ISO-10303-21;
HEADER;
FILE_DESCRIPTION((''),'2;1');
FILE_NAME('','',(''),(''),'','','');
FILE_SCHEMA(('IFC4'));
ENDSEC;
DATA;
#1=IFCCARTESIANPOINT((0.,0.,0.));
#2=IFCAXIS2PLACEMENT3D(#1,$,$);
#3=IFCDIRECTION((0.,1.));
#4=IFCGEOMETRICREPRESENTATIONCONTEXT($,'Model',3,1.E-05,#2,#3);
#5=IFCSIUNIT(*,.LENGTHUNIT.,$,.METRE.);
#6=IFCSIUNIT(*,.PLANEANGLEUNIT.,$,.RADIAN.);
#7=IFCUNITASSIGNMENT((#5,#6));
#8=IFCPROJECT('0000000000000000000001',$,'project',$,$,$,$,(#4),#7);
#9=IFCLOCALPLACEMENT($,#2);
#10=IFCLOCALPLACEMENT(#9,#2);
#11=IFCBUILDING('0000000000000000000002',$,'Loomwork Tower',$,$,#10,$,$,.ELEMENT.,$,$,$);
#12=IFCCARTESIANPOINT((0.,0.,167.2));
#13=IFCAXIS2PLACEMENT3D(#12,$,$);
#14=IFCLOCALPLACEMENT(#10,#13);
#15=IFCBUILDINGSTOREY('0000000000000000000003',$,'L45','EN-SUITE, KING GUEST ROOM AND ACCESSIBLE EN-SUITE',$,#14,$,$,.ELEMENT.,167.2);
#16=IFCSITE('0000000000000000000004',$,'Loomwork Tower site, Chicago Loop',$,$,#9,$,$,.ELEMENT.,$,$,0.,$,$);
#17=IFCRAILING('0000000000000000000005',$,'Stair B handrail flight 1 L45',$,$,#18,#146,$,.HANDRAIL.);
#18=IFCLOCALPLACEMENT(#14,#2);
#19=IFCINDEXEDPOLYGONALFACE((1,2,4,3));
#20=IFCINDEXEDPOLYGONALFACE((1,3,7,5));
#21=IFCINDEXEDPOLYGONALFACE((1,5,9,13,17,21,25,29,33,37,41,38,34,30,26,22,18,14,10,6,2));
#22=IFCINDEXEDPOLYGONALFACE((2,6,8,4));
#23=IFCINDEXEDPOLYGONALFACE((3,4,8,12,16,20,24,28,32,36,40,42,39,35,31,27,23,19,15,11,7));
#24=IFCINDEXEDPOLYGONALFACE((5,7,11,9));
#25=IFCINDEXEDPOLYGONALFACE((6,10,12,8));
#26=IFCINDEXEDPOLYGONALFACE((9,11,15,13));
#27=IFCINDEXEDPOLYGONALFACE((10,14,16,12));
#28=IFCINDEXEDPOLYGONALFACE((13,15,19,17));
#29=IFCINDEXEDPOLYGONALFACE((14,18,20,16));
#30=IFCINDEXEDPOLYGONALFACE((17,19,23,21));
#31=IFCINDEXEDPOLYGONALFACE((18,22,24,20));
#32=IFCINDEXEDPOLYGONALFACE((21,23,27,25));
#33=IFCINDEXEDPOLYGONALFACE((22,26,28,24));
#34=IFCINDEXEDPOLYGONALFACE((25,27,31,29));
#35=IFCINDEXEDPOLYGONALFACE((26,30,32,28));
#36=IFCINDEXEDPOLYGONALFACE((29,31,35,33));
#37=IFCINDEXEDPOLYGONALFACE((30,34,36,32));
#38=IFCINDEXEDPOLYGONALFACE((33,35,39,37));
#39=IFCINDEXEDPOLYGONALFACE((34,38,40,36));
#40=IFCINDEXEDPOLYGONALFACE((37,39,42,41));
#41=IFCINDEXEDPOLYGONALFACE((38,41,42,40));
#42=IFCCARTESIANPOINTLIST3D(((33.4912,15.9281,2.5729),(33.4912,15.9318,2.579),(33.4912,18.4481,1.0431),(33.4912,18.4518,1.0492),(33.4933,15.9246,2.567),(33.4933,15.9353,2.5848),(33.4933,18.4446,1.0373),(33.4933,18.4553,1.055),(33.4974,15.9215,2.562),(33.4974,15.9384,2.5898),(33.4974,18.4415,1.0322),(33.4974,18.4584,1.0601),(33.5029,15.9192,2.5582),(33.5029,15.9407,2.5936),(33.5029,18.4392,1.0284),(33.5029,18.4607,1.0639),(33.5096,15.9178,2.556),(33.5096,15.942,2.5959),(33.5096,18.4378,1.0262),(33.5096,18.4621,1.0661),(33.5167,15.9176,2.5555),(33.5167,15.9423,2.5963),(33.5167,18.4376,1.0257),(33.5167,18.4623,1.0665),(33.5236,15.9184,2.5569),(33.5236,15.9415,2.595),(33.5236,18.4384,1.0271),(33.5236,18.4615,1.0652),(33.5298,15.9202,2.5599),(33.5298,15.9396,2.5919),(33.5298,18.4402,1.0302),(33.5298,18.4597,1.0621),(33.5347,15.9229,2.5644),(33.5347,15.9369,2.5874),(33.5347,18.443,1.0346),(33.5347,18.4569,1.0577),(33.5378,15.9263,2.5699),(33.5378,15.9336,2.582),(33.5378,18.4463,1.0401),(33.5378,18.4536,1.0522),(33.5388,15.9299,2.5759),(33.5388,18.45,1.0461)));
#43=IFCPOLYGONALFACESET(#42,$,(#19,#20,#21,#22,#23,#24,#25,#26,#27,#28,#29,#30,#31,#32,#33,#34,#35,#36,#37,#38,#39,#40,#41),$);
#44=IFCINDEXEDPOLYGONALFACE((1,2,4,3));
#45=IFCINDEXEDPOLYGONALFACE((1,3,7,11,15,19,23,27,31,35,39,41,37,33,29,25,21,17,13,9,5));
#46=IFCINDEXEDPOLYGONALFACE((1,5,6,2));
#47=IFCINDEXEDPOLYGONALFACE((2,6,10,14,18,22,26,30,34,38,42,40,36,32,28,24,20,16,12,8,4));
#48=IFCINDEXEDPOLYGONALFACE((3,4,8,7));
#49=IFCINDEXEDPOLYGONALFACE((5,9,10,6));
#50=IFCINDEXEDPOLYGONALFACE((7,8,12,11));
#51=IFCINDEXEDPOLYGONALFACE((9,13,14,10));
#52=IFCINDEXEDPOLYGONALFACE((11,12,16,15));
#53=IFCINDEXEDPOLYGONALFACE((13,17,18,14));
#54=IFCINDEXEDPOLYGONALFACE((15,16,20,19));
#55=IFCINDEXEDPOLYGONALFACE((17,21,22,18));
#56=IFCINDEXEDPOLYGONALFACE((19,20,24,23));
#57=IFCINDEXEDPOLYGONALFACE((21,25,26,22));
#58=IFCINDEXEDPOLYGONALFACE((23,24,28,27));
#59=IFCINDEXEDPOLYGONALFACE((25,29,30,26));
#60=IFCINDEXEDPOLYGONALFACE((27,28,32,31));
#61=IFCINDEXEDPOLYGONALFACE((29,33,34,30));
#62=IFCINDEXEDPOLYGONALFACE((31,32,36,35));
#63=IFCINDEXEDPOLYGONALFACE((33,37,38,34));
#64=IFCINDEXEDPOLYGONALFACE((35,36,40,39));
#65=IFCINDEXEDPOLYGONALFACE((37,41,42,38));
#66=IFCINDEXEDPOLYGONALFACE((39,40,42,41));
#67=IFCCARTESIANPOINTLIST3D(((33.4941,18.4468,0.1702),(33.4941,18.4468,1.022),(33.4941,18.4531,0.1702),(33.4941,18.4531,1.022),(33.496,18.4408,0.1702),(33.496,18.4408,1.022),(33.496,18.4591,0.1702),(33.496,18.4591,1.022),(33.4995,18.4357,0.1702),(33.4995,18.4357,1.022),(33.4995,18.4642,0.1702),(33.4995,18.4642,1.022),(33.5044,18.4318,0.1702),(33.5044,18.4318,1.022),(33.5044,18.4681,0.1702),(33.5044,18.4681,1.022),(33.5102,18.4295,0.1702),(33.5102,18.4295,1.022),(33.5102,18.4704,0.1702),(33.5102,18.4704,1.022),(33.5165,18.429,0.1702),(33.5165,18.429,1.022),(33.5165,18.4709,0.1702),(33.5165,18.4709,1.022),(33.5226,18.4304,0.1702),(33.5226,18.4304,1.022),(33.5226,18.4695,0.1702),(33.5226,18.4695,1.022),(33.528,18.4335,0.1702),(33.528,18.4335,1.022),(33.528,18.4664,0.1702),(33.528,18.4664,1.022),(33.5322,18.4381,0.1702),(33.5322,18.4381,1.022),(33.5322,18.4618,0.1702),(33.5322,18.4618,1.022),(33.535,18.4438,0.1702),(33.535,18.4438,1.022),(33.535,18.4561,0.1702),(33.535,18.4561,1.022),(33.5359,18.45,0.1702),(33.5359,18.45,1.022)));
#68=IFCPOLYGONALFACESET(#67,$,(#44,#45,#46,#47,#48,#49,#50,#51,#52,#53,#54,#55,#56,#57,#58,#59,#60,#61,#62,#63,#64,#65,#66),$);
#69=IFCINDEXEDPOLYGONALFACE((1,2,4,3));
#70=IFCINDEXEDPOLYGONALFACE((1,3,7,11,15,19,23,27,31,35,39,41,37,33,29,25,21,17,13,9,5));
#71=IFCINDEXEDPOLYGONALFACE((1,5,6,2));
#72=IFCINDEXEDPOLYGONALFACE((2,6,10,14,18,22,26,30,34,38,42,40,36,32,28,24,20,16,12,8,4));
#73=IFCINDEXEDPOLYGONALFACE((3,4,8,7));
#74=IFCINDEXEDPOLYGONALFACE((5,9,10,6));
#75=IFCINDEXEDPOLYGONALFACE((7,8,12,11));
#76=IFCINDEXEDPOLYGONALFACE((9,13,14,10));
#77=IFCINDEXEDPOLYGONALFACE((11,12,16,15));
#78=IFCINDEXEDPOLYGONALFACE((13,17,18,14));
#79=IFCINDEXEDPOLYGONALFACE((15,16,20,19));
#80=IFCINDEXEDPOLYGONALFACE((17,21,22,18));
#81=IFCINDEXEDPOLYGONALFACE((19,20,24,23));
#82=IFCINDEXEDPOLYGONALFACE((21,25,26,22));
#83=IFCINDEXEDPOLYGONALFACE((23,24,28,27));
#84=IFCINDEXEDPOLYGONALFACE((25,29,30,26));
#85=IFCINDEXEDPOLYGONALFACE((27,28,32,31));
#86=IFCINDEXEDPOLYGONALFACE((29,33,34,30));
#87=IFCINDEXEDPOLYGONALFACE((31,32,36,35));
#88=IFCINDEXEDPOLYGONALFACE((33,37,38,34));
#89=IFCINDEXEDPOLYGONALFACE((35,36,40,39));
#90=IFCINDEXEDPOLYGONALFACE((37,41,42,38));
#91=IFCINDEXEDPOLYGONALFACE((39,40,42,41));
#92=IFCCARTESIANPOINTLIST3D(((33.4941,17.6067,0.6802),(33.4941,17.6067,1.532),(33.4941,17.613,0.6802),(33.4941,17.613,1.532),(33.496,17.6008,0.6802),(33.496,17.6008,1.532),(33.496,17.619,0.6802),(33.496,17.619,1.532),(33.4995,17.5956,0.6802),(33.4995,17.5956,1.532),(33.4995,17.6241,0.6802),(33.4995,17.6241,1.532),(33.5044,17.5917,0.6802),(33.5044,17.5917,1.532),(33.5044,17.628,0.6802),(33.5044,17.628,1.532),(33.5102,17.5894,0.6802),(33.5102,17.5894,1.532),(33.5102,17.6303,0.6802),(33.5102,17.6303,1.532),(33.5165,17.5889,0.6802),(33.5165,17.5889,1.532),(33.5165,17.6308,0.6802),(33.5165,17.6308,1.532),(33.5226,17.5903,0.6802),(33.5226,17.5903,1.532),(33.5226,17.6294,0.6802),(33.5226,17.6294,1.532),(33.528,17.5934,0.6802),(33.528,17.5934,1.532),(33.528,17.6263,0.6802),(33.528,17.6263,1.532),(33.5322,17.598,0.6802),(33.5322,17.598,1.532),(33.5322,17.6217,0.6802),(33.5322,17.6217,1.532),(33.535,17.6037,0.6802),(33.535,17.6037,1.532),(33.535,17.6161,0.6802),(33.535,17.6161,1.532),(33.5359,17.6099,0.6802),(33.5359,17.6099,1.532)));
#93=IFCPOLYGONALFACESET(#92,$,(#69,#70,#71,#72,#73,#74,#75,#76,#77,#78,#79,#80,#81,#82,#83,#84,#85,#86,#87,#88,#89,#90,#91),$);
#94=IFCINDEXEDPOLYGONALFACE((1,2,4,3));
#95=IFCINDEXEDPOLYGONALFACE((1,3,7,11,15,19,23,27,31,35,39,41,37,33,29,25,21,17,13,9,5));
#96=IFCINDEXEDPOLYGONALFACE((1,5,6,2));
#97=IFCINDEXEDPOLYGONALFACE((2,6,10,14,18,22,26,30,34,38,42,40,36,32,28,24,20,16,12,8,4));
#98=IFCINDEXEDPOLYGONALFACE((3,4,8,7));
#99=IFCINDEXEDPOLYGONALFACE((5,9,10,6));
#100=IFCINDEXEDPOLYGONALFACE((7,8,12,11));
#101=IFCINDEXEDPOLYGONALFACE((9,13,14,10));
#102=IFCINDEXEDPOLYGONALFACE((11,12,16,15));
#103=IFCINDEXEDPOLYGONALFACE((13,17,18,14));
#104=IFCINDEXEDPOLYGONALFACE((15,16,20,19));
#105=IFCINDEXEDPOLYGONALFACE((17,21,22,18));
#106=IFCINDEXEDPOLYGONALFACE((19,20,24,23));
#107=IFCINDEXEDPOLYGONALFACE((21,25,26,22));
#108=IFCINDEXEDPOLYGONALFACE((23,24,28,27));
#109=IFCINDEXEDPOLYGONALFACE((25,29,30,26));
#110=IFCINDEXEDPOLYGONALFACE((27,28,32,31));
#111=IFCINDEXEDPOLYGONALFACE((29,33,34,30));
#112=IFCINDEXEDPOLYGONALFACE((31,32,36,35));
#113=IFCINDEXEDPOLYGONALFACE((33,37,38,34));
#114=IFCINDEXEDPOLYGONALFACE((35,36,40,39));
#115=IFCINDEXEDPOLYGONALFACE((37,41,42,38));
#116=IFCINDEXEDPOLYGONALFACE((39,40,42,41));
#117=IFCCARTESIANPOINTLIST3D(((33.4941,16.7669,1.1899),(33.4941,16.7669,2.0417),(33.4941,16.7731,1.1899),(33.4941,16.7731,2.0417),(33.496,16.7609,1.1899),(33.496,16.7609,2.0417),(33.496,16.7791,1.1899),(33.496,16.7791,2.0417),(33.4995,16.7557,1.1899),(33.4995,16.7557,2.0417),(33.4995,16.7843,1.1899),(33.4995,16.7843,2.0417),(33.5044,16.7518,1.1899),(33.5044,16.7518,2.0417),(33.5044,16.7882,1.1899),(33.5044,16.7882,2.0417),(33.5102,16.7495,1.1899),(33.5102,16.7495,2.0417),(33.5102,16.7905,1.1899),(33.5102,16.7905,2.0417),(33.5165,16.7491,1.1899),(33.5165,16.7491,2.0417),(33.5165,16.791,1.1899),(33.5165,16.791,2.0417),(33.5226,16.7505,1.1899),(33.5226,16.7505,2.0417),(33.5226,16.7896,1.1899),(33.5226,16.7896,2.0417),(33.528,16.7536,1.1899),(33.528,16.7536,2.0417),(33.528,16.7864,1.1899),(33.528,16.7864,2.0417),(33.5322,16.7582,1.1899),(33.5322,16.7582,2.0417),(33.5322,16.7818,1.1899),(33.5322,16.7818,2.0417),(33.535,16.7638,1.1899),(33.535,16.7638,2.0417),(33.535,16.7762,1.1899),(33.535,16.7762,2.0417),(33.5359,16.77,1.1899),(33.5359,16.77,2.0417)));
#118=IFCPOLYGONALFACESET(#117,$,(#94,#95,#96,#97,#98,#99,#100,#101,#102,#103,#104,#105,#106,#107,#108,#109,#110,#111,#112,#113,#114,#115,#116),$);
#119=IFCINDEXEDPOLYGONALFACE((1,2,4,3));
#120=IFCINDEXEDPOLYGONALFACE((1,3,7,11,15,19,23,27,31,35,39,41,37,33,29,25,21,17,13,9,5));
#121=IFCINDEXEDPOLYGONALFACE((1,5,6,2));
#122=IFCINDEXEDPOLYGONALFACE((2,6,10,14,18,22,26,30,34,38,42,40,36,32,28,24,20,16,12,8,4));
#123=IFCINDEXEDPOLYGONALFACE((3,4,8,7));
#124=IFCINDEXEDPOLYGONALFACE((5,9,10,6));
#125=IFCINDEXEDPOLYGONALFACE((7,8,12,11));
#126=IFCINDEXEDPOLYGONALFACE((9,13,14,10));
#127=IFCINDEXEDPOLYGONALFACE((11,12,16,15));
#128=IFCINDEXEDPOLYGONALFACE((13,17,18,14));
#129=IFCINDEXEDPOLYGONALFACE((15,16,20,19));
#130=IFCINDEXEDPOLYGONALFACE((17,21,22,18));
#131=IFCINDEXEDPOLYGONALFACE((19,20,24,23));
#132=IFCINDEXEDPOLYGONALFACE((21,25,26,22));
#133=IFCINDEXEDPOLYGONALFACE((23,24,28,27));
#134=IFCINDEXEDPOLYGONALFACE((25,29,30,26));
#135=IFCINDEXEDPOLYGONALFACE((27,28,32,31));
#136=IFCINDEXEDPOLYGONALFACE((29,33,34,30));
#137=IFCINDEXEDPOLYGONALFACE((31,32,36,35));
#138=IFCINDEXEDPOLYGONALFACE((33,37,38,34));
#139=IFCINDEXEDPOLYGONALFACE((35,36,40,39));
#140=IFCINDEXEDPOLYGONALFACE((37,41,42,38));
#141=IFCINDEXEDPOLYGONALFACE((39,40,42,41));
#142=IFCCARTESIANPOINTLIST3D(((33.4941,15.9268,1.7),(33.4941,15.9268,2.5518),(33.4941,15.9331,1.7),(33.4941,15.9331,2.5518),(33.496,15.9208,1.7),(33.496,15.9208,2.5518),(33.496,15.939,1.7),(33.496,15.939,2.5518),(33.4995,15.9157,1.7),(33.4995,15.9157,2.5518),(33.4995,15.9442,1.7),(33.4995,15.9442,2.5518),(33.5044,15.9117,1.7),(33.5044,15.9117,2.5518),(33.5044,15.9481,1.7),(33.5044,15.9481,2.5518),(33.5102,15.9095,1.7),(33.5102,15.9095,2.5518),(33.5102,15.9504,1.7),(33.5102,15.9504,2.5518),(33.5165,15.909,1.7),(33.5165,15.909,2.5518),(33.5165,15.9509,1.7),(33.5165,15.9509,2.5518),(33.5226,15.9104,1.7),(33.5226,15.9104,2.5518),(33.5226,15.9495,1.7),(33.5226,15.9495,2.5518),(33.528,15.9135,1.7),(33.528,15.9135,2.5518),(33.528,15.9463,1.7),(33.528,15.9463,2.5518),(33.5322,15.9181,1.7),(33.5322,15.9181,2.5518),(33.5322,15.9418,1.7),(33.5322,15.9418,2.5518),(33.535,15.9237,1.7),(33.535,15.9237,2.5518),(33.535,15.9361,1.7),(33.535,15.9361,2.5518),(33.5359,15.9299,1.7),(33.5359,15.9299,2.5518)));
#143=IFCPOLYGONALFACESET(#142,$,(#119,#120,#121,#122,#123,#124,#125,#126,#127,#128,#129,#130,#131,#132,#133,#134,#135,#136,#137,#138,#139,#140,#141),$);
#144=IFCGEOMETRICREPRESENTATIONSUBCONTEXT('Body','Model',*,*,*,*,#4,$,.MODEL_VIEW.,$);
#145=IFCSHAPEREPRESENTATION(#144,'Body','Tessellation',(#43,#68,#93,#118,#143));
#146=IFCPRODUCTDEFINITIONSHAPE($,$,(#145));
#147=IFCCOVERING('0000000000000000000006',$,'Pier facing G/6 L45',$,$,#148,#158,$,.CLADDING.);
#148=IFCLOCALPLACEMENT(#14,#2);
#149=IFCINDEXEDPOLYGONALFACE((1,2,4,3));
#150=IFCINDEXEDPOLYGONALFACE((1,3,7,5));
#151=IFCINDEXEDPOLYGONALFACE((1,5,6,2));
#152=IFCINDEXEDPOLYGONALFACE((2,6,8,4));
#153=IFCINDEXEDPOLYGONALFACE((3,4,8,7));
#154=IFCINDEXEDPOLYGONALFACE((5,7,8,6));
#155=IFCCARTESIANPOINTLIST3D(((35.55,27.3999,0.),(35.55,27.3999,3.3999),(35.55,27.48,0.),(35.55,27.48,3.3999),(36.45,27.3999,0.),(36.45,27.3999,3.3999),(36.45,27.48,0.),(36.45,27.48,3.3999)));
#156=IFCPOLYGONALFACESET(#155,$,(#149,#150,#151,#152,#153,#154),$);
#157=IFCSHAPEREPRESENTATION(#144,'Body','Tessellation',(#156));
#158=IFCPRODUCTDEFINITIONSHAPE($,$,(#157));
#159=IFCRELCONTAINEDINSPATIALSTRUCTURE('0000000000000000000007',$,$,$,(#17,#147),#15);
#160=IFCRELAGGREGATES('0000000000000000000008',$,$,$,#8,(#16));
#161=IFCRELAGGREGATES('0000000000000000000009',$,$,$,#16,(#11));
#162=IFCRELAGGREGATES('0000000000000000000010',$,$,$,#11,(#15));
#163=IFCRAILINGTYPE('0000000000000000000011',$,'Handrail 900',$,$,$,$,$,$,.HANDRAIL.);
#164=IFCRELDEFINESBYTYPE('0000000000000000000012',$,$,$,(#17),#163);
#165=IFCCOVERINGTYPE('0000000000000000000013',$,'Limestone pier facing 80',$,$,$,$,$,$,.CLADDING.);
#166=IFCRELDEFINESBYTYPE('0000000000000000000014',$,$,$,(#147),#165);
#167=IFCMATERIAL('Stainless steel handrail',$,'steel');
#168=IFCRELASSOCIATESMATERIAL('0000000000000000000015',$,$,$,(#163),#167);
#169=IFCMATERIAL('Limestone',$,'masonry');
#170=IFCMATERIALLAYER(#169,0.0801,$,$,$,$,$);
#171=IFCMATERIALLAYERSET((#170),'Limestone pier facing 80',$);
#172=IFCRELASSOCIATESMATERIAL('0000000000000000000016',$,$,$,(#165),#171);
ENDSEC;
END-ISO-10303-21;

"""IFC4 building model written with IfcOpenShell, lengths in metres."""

from ifc_helpers import new_model, si_unit, direction, frame, origin, origin_2d, place, context, subcontext, project, spatial, rectangle, circle, extrude, material, layer, layer_set, type_object, element, save


model = new_model("IFC4")

# Units and contexts
model_context = context("Model", 3, precision=1e-05, world=origin(), true_north=direction((0.0, 1.0)))
body_context = subcontext(model_context, "Body", "Model", "MODEL_VIEW")
ifc_project = project(units=[si_unit("LENGTHUNIT", "METRE"), si_unit("PLANEANGLEUNIT", "RADIAN")], contexts=[model_context])

# Site, building, storey
site_placement = place(None, origin())
site = spatial("IfcSite", under=ifc_project, at=site_placement, Name="Loomwork Tower site, Chicago Loop", CompositionType="ELEMENT", RefElevation=0.0)
building_placement = place(site_placement, origin())
building = spatial("IfcBuilding", under=site, at=building_placement, Name="Loomwork Tower", CompositionType="ELEMENT")
storey_placement = place(building_placement, frame((0.0, 0.0, 167.2)))
storey = spatial("IfcBuildingStorey", under=building, at=storey_placement, Name="L45", Description="EN-SUITE, KING GUEST ROOM AND ACCESSIBLE EN-SUITE", CompositionType="ELEMENT", Elevation=167.2)

# Railing
ifc_material_1 = material(Name="Stainless steel handrail", Category="steel")
railing_type = type_object("IfcRailingType", Name="Handrail 900", PredefinedType="HANDRAIL", material=ifc_material_1)
railing_placement = place(storey_placement, frame((33.5149, 18.45, 0.1702)))
element("IfcRailing", 1, at=railing_placement, inside=storey, type_object=railing_type, Name="Stair B handrail flight 1 L45", PredefinedType="HANDRAIL", context=body_context, shape_type="SweptSolid", body=[
    extrude(circle(Radius=0.0239, at=origin_2d()), frame((0.0, 0.0, 0.876), z_axis=(0.0, -0.854822, 0.518922), x_axis=(1.0, 0.0, 0.0)), (0.0, 0.0, 1.0), 2.948),
    extrude(circle(Radius=0.021, at=origin_2d()), origin(), (0.0, 0.0, 1.0), 0.8518),
    extrude(circle(Radius=0.021, at=origin_2d()), frame((0.0, -0.8401, 0.51)), (0.0, 0.0, 1.0), 0.8518),
    extrude(circle(Radius=0.021, at=origin_2d()), frame((0.0, -1.6799, 1.0198)), (0.0, 0.0, 1.0), 0.8518),
    extrude(circle(Radius=0.021, at=origin_2d()), frame((0.0, -2.52, 1.5298)), (0.0, 0.0, 1.0), 0.8518),
])

# Covering
ifc_material_2 = material(Name="Limestone", Category="masonry")
ifc_layer_1 = layer(ifc_material_2, 0.0801)
ifc_layer_set_1 = layer_set([ifc_layer_1], Name="Limestone pier facing 80")
covering_type = type_object("IfcCoveringType", Name="Limestone pier facing 80", PredefinedType="CLADDING", material=ifc_layer_set_1)
covering_placement = place(storey_placement, frame((36.0, 27.4399, 0.0), z_axis=(0.0, 0.0, 1.0), x_axis=(1.0, 0.0, 0.0)))
element("IfcCovering", 2, at=covering_placement, inside=storey, type_object=covering_type, Name="Pier facing G/6 L45", PredefinedType="CLADDING", context=body_context, shape_type="SweptSolid", body=[
    extrude(rectangle(XDim=0.8999, YDim=0.0801, at=origin_2d()), origin(), (0.0, 0.0, 1.0), 3.3999),
])

save(model, "model.ifc")
